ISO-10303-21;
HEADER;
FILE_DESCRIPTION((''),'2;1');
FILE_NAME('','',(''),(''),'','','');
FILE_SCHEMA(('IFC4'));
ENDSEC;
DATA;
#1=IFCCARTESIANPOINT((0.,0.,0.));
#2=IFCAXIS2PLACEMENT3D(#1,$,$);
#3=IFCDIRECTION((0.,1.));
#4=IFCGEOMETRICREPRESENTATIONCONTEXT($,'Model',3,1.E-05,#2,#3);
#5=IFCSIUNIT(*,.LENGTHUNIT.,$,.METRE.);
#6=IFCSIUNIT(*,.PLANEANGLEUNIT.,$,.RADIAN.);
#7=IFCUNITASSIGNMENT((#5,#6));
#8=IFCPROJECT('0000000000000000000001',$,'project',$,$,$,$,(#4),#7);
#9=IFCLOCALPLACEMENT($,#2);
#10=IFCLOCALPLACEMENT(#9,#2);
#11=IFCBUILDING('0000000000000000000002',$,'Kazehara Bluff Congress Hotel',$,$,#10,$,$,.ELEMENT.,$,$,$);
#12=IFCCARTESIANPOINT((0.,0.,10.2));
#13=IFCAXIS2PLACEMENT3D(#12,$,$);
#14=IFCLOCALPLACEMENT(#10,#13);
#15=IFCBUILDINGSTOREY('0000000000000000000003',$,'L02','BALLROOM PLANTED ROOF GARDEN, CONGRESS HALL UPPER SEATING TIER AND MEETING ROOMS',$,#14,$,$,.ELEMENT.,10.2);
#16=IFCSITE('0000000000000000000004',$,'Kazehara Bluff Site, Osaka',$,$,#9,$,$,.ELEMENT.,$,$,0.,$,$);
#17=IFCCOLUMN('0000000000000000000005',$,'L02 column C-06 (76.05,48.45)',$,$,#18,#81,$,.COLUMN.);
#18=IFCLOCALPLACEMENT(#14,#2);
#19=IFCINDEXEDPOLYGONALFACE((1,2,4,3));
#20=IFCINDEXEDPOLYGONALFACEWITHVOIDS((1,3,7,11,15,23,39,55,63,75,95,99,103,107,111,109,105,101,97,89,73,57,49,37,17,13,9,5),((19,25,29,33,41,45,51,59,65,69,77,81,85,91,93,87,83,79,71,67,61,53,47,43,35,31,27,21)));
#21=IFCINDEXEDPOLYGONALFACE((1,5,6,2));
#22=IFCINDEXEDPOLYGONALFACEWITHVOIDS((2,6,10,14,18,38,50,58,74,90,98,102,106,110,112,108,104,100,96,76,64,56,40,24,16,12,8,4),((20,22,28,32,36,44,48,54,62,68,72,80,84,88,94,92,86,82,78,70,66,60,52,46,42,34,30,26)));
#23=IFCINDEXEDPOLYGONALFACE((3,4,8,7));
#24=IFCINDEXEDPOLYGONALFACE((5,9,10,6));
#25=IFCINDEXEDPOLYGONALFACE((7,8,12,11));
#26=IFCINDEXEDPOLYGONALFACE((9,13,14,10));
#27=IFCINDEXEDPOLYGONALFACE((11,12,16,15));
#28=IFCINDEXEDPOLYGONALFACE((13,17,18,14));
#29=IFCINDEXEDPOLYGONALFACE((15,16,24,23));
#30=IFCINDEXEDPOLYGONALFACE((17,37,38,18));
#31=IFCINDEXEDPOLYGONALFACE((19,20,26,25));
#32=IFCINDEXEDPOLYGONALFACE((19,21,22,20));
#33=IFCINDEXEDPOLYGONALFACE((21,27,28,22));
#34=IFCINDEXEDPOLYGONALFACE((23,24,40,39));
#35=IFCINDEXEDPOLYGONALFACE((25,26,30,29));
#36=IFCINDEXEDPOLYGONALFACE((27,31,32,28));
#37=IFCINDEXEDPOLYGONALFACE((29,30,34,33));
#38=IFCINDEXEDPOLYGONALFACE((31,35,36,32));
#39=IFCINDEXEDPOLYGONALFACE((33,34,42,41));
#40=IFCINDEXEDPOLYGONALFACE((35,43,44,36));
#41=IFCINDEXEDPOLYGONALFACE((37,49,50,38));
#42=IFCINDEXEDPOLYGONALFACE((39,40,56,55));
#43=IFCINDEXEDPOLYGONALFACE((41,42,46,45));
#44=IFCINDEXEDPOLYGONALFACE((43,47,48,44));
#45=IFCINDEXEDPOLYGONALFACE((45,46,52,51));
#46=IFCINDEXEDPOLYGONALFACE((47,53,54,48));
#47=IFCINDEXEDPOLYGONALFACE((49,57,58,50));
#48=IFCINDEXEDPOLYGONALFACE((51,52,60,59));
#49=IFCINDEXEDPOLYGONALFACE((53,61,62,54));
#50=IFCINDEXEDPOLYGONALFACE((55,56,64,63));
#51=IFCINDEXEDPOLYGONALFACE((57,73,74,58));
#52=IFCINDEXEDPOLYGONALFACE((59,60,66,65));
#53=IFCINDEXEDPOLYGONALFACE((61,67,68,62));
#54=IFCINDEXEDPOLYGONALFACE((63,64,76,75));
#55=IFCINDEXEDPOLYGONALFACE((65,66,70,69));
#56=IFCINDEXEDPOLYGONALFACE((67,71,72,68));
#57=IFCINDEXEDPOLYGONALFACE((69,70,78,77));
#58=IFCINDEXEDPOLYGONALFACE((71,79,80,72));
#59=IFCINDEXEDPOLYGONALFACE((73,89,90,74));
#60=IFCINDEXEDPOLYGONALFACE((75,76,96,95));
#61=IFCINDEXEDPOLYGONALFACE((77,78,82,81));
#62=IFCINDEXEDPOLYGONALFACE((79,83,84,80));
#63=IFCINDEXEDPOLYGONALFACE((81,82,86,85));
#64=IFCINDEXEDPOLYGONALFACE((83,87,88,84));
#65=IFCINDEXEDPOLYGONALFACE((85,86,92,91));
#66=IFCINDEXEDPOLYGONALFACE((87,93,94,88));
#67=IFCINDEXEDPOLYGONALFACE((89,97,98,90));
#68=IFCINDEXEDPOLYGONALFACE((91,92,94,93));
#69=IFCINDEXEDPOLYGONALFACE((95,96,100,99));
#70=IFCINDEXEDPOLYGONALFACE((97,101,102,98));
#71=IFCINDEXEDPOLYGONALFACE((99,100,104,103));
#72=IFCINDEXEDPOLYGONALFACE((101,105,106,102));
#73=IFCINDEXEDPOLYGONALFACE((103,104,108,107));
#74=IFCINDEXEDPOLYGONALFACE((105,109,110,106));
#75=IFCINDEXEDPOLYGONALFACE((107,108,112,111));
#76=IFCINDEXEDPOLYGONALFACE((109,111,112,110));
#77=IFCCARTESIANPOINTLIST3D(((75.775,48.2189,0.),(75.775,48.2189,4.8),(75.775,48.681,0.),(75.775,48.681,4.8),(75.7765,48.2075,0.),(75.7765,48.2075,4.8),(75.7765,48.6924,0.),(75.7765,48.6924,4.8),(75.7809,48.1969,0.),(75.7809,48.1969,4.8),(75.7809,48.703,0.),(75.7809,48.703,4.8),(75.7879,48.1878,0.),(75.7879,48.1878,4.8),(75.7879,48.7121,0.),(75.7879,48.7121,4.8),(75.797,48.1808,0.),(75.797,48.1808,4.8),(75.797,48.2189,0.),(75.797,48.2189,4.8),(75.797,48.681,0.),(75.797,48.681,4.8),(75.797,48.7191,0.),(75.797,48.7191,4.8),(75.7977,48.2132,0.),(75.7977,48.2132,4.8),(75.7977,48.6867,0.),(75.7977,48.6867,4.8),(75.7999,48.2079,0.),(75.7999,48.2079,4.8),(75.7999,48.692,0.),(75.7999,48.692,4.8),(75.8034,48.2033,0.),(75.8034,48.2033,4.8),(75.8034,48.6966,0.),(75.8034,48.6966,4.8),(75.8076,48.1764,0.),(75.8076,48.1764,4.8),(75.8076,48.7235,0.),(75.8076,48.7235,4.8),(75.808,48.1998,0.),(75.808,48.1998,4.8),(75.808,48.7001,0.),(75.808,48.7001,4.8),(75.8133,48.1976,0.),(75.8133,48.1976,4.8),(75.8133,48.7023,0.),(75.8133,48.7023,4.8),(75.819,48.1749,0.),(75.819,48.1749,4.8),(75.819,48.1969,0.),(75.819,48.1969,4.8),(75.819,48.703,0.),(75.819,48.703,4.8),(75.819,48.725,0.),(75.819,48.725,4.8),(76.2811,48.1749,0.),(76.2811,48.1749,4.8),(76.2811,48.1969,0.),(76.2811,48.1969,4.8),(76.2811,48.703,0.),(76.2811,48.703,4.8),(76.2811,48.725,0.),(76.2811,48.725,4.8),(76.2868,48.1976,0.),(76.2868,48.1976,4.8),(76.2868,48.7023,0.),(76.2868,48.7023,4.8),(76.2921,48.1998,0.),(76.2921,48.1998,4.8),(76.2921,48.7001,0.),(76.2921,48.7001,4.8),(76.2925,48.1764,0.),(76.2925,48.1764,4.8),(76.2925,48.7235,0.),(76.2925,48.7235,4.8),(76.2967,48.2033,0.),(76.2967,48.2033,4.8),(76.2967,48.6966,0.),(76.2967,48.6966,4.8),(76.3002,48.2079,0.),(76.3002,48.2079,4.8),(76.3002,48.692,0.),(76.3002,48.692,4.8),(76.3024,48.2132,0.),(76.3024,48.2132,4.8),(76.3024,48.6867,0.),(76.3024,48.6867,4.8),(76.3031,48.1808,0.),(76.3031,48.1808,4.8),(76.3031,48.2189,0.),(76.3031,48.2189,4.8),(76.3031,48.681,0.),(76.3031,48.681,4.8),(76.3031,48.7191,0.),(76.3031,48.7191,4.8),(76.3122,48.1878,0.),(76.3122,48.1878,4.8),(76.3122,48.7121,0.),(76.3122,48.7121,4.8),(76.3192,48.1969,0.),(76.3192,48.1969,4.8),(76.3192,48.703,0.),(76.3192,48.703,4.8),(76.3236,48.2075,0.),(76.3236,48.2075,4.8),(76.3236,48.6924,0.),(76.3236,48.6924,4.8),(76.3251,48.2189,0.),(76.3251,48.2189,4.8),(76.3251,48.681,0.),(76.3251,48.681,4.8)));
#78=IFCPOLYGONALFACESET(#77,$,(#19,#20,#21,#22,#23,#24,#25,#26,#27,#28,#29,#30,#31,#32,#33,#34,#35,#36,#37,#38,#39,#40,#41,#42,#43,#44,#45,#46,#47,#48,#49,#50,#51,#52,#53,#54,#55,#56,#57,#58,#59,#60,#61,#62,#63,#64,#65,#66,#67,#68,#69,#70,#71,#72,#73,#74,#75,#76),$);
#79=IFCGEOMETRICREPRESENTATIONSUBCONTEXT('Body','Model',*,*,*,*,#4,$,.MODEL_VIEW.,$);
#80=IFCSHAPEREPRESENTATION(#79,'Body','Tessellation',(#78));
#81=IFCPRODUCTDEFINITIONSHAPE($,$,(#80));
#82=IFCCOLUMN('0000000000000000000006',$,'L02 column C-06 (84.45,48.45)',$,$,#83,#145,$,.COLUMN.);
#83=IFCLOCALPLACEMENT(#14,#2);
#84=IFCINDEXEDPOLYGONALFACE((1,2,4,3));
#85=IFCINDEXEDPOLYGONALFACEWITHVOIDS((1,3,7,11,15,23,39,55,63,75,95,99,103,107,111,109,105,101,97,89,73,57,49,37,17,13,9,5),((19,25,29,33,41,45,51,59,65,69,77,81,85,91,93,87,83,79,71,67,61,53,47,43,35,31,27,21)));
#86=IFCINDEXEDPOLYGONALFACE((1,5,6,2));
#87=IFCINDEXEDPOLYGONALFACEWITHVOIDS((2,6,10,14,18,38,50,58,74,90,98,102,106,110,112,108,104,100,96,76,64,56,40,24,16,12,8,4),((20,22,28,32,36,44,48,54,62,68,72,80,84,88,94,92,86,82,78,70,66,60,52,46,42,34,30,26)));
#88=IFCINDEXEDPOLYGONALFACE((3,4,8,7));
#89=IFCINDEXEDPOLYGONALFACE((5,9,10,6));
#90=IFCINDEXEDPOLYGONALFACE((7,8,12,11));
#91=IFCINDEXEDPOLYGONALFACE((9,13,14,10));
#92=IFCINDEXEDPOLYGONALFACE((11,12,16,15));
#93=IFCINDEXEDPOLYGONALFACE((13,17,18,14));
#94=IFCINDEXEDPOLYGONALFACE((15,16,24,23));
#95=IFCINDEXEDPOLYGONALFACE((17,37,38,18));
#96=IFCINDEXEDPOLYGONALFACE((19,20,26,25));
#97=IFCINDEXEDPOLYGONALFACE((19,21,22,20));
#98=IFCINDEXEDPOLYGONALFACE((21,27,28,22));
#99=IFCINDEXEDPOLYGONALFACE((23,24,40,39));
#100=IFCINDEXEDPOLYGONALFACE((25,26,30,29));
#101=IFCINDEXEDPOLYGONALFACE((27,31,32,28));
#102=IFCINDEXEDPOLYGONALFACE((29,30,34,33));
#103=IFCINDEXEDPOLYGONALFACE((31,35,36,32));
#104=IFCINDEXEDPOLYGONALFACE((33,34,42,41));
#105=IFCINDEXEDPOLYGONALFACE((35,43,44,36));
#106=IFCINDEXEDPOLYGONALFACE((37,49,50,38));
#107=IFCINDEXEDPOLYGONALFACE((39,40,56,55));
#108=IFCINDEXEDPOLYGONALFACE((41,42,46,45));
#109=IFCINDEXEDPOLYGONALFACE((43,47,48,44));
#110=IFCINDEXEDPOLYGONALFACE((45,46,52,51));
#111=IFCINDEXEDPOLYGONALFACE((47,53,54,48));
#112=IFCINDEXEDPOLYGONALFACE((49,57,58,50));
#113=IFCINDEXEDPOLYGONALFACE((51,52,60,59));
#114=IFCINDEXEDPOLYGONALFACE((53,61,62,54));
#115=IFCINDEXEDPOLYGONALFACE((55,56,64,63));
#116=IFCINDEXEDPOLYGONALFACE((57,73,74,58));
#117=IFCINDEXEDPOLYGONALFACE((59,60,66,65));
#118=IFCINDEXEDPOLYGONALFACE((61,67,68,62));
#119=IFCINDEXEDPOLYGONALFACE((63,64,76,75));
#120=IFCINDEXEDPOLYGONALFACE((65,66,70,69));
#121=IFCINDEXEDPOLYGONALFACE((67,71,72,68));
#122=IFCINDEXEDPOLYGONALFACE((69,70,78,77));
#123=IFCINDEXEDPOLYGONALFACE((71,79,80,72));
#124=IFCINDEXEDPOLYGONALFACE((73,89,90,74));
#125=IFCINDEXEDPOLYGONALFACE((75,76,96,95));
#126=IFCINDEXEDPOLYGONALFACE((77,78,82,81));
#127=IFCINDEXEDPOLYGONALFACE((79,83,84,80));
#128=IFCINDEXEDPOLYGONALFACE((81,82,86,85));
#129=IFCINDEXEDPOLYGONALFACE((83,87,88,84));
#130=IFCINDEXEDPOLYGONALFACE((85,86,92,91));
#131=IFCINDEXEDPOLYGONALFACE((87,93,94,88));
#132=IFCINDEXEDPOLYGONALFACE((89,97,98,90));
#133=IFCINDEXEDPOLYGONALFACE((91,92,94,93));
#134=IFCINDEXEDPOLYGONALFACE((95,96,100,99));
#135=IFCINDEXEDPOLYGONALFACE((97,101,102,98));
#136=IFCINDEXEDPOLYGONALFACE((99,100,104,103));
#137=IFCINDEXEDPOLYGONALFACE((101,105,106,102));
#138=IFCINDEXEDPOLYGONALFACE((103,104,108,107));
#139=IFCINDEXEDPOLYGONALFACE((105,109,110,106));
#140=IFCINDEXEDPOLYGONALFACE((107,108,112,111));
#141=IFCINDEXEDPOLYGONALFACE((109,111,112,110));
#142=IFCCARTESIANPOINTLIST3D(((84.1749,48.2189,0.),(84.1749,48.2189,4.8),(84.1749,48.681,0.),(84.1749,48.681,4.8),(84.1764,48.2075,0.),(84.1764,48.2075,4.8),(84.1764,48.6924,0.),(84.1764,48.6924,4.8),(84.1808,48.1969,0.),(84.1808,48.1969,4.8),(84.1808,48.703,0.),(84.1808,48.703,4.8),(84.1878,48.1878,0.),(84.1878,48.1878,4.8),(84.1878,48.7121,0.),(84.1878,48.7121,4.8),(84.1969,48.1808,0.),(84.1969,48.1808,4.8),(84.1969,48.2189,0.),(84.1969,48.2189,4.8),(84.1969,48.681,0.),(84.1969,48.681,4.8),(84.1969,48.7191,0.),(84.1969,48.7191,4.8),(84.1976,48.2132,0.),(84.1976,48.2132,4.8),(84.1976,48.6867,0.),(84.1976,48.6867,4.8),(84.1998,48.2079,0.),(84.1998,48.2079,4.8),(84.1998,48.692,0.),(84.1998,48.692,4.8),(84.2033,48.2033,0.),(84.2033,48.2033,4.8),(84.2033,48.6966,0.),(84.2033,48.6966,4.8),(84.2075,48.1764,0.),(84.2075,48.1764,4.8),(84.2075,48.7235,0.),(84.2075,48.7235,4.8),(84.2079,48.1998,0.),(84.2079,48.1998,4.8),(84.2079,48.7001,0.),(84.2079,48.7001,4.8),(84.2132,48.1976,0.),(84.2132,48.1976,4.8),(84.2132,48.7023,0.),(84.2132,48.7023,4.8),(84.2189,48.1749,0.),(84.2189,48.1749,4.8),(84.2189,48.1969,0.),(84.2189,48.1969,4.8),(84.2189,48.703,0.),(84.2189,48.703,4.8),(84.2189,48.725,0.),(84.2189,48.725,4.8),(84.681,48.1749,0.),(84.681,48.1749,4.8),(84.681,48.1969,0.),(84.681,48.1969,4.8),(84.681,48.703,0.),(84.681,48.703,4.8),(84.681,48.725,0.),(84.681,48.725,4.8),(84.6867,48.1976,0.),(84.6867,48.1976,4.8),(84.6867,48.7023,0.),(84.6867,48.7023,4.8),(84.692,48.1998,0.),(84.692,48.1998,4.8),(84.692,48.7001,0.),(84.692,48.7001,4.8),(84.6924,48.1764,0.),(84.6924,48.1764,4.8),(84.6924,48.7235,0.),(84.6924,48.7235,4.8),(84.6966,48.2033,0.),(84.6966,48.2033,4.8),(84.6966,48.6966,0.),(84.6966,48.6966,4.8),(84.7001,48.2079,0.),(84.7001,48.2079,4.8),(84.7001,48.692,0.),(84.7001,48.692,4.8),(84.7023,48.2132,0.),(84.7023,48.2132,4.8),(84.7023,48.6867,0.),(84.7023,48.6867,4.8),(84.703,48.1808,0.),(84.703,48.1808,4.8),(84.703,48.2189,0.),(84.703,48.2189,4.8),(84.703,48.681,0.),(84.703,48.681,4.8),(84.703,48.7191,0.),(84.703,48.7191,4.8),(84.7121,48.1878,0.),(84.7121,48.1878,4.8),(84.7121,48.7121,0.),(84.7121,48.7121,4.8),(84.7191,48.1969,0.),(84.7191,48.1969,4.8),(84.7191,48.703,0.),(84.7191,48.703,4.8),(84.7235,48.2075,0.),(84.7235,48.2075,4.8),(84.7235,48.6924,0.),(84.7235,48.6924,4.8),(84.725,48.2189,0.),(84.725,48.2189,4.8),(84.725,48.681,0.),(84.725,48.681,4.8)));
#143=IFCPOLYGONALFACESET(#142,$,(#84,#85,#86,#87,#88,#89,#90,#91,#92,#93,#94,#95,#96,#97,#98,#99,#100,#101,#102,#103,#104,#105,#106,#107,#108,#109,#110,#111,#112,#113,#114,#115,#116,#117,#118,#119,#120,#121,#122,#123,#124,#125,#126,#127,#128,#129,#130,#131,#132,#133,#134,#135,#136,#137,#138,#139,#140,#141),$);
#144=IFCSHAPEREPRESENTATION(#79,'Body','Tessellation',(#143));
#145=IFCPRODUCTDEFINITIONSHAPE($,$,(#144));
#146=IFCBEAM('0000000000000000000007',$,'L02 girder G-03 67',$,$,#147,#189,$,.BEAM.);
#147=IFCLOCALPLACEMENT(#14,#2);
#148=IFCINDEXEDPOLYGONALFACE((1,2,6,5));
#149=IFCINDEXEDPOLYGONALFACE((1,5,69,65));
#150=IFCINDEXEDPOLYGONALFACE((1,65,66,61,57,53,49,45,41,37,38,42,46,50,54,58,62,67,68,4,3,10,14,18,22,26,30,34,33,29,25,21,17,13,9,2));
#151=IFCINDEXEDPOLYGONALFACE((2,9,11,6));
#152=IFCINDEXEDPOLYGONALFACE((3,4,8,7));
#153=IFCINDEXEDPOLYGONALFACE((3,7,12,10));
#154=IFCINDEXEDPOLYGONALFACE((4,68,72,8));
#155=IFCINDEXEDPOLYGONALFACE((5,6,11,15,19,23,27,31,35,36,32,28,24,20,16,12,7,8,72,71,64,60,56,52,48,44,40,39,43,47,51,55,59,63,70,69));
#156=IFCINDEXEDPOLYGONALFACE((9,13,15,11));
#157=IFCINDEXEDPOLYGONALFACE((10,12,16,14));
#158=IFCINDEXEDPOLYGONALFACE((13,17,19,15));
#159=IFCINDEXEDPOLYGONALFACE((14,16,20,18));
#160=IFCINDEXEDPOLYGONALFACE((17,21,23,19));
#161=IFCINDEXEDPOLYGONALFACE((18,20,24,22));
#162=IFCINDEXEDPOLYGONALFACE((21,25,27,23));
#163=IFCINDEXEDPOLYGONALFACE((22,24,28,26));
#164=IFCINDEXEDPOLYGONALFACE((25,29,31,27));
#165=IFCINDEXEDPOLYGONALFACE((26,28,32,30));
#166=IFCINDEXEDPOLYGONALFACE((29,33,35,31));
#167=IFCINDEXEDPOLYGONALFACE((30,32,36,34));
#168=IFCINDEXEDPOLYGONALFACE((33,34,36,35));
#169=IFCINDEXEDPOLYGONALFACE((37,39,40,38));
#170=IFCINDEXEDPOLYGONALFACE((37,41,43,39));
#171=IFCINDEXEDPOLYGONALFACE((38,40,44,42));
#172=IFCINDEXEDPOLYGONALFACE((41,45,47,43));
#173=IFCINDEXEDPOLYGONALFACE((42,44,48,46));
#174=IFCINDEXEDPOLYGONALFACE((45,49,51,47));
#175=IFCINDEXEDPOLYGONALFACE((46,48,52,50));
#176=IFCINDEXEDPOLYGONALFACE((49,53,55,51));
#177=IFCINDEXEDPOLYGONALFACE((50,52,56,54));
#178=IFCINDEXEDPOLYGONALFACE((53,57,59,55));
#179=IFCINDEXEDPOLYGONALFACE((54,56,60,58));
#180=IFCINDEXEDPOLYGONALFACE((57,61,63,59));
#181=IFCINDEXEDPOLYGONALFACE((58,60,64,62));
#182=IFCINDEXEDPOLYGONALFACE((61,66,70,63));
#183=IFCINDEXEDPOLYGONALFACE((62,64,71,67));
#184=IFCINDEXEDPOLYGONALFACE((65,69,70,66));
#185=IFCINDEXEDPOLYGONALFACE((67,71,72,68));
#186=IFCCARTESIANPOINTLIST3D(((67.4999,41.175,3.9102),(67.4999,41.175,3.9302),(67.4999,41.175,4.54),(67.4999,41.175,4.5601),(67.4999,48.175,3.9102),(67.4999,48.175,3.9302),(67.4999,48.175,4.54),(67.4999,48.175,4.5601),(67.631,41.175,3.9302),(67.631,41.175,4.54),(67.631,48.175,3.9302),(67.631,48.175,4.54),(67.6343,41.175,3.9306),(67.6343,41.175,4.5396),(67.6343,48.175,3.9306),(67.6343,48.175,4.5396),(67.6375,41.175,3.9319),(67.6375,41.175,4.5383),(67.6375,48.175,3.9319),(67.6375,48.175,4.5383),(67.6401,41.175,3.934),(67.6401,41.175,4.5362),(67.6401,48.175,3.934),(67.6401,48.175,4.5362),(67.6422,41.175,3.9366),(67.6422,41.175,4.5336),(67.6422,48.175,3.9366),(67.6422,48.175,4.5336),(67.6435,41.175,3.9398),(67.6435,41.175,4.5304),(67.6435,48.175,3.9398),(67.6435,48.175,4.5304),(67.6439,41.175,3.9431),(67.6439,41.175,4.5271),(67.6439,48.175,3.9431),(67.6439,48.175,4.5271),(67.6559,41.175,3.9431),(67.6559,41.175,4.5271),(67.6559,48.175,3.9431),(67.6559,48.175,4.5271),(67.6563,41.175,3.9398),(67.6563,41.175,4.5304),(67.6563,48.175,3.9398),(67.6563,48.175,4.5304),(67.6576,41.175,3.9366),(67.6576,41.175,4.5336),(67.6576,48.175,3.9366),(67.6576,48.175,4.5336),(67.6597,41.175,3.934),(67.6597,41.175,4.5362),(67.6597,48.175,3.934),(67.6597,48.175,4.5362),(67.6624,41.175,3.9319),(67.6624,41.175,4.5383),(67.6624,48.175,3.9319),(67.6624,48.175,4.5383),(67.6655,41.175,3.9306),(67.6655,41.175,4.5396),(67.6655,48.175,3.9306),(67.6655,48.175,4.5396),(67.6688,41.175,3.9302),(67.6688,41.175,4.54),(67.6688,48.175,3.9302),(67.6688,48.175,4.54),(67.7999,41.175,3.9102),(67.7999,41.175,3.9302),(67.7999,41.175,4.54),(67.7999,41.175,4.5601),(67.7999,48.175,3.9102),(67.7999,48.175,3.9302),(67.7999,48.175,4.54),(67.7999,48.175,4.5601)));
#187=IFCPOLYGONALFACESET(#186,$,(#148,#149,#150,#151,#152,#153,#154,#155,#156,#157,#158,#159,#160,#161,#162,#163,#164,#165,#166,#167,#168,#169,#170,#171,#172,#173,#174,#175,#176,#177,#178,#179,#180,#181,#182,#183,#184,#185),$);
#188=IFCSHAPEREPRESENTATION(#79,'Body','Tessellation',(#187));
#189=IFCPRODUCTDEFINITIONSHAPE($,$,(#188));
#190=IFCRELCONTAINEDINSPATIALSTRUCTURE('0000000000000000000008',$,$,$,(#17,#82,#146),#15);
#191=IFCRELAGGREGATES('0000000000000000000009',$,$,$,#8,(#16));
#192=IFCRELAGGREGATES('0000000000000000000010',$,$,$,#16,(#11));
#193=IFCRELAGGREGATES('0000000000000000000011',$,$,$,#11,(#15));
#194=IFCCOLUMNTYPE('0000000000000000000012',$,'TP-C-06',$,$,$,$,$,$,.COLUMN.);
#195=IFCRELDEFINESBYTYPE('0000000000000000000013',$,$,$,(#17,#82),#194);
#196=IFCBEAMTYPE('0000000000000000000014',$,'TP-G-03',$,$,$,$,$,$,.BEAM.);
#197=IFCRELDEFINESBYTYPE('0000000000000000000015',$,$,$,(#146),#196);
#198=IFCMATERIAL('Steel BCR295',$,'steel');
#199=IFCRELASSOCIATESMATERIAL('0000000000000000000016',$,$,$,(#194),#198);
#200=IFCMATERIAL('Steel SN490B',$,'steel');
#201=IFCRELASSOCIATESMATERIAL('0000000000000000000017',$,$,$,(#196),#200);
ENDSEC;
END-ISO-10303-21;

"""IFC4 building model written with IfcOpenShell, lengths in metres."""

from ifc_helpers import new_model, si_unit, direction, frame, origin, origin_2d, place, context, subcontext, project, spatial, hollow_rectangle, i_section, extrude, material, material_profile, profile_set, type_object, element, save


model = new_model("IFC4")

# Units and contexts
model_context = context("Model", 3, precision=1e-05, world=origin(), true_north=direction((0.0, 1.0)))
body_context = subcontext(model_context, "Body", "Model", "MODEL_VIEW")
ifc_project = project(units=[si_unit("LENGTHUNIT", "METRE"), si_unit("PLANEANGLEUNIT", "RADIAN")], contexts=[model_context])

# Site, building, storey
site_placement = place(None, origin())
site = spatial("IfcSite", under=ifc_project, at=site_placement, Name="Kazehara Bluff Site, Osaka", CompositionType="ELEMENT", RefElevation=0.0)
building_placement = place(site_placement, origin())
building = spatial("IfcBuilding", under=site, at=building_placement, Name="Kazehara Bluff Congress Hotel", CompositionType="ELEMENT")
storey_placement = place(building_placement, frame((0.0, 0.0, 10.2)))
storey = spatial("IfcBuildingStorey", under=building, at=storey_placement, Name="L02", Description="BALLROOM PLANTED ROOF GARDEN, CONGRESS HALL UPPER SEATING TIER AND MEETING ROOMS", CompositionType="ELEMENT", Elevation=10.2)

# Columns
ifc_material_1 = material(Name="Steel BCR295", Category="steel")
ifc_material_profile_1 = material_profile(ifc_material_1, hollow_rectangle(XDim=0.55, YDim=0.55, WallThickness=0.022, InnerFilletRadius=0.022, OuterFilletRadius=0.0439, at=origin_2d()))
ifc_profile_set_1 = profile_set([ifc_material_profile_1], Name="Steel BCR295")
column_type = type_object("IfcColumnType", Name="TP-C-06", PredefinedType="COLUMN", material=ifc_profile_set_1)
for number, where, z_axis, x_axis, name in (
    (1, (76.05, 48.45, 0.0), (0.0, 0.0, 1.0), (1.0, 0.0, 0.0), "L02 column C-06 (76.05,48.45)"),
    (2, (84.45, 48.45, 0.0), (0.0, 0.0, 1.0), (1.0, 0.0, 0.0), "L02 column C-06 (84.45,48.45)"),
):
    element("IfcColumn", number, at=place(storey_placement, frame(where, z_axis=z_axis, x_axis=x_axis)), inside=storey, type_object=column_type, Name=name, PredefinedType="COLUMN", context=body_context, shape_type="SweptSolid", body=[
        extrude(hollow_rectangle(XDim=0.55, YDim=0.55, WallThickness=0.022, InnerFilletRadius=0.022, OuterFilletRadius=0.0439, at=origin_2d()), origin(), (0.0, 0.0, 1.0), 4.8),
    ])

# Beam
ifc_material_2 = material(Name="Steel SN490B", Category="steel")
ifc_material_profile_2 = material_profile(ifc_material_2, i_section(OverallWidth=0.3, OverallDepth=0.6499, WebThickness=0.012, FlangeThickness=0.02, FilletRadius=0.0129, at=origin_2d()))
ifc_profile_set_2 = profile_set([ifc_material_profile_2], Name="Steel SN490B")
beam_type_1 = type_object("IfcBeamType", Name="TP-G-03", PredefinedType="BEAM", material=ifc_profile_set_2)
beam_1_placement = place(storey_placement, frame((67.6499, 41.175, 4.2351), z_axis=(0.0, 1.0, 0.0), x_axis=(-1.0, 0.0, 0.0)))
element("IfcBeam", 3, at=beam_1_placement, inside=storey, type_object=beam_type_1, Name="L02 girder G-03 67", PredefinedType="BEAM", context=body_context, shape_type="SweptSolid", body=[
    extrude(i_section(OverallWidth=0.3, OverallDepth=0.6499, WebThickness=0.012, FlangeThickness=0.02, FilletRadius=0.0129, at=origin_2d()), origin(), (0.0, 0.0, 1.0), 7.0),
])

save(model, "model.ifc")
